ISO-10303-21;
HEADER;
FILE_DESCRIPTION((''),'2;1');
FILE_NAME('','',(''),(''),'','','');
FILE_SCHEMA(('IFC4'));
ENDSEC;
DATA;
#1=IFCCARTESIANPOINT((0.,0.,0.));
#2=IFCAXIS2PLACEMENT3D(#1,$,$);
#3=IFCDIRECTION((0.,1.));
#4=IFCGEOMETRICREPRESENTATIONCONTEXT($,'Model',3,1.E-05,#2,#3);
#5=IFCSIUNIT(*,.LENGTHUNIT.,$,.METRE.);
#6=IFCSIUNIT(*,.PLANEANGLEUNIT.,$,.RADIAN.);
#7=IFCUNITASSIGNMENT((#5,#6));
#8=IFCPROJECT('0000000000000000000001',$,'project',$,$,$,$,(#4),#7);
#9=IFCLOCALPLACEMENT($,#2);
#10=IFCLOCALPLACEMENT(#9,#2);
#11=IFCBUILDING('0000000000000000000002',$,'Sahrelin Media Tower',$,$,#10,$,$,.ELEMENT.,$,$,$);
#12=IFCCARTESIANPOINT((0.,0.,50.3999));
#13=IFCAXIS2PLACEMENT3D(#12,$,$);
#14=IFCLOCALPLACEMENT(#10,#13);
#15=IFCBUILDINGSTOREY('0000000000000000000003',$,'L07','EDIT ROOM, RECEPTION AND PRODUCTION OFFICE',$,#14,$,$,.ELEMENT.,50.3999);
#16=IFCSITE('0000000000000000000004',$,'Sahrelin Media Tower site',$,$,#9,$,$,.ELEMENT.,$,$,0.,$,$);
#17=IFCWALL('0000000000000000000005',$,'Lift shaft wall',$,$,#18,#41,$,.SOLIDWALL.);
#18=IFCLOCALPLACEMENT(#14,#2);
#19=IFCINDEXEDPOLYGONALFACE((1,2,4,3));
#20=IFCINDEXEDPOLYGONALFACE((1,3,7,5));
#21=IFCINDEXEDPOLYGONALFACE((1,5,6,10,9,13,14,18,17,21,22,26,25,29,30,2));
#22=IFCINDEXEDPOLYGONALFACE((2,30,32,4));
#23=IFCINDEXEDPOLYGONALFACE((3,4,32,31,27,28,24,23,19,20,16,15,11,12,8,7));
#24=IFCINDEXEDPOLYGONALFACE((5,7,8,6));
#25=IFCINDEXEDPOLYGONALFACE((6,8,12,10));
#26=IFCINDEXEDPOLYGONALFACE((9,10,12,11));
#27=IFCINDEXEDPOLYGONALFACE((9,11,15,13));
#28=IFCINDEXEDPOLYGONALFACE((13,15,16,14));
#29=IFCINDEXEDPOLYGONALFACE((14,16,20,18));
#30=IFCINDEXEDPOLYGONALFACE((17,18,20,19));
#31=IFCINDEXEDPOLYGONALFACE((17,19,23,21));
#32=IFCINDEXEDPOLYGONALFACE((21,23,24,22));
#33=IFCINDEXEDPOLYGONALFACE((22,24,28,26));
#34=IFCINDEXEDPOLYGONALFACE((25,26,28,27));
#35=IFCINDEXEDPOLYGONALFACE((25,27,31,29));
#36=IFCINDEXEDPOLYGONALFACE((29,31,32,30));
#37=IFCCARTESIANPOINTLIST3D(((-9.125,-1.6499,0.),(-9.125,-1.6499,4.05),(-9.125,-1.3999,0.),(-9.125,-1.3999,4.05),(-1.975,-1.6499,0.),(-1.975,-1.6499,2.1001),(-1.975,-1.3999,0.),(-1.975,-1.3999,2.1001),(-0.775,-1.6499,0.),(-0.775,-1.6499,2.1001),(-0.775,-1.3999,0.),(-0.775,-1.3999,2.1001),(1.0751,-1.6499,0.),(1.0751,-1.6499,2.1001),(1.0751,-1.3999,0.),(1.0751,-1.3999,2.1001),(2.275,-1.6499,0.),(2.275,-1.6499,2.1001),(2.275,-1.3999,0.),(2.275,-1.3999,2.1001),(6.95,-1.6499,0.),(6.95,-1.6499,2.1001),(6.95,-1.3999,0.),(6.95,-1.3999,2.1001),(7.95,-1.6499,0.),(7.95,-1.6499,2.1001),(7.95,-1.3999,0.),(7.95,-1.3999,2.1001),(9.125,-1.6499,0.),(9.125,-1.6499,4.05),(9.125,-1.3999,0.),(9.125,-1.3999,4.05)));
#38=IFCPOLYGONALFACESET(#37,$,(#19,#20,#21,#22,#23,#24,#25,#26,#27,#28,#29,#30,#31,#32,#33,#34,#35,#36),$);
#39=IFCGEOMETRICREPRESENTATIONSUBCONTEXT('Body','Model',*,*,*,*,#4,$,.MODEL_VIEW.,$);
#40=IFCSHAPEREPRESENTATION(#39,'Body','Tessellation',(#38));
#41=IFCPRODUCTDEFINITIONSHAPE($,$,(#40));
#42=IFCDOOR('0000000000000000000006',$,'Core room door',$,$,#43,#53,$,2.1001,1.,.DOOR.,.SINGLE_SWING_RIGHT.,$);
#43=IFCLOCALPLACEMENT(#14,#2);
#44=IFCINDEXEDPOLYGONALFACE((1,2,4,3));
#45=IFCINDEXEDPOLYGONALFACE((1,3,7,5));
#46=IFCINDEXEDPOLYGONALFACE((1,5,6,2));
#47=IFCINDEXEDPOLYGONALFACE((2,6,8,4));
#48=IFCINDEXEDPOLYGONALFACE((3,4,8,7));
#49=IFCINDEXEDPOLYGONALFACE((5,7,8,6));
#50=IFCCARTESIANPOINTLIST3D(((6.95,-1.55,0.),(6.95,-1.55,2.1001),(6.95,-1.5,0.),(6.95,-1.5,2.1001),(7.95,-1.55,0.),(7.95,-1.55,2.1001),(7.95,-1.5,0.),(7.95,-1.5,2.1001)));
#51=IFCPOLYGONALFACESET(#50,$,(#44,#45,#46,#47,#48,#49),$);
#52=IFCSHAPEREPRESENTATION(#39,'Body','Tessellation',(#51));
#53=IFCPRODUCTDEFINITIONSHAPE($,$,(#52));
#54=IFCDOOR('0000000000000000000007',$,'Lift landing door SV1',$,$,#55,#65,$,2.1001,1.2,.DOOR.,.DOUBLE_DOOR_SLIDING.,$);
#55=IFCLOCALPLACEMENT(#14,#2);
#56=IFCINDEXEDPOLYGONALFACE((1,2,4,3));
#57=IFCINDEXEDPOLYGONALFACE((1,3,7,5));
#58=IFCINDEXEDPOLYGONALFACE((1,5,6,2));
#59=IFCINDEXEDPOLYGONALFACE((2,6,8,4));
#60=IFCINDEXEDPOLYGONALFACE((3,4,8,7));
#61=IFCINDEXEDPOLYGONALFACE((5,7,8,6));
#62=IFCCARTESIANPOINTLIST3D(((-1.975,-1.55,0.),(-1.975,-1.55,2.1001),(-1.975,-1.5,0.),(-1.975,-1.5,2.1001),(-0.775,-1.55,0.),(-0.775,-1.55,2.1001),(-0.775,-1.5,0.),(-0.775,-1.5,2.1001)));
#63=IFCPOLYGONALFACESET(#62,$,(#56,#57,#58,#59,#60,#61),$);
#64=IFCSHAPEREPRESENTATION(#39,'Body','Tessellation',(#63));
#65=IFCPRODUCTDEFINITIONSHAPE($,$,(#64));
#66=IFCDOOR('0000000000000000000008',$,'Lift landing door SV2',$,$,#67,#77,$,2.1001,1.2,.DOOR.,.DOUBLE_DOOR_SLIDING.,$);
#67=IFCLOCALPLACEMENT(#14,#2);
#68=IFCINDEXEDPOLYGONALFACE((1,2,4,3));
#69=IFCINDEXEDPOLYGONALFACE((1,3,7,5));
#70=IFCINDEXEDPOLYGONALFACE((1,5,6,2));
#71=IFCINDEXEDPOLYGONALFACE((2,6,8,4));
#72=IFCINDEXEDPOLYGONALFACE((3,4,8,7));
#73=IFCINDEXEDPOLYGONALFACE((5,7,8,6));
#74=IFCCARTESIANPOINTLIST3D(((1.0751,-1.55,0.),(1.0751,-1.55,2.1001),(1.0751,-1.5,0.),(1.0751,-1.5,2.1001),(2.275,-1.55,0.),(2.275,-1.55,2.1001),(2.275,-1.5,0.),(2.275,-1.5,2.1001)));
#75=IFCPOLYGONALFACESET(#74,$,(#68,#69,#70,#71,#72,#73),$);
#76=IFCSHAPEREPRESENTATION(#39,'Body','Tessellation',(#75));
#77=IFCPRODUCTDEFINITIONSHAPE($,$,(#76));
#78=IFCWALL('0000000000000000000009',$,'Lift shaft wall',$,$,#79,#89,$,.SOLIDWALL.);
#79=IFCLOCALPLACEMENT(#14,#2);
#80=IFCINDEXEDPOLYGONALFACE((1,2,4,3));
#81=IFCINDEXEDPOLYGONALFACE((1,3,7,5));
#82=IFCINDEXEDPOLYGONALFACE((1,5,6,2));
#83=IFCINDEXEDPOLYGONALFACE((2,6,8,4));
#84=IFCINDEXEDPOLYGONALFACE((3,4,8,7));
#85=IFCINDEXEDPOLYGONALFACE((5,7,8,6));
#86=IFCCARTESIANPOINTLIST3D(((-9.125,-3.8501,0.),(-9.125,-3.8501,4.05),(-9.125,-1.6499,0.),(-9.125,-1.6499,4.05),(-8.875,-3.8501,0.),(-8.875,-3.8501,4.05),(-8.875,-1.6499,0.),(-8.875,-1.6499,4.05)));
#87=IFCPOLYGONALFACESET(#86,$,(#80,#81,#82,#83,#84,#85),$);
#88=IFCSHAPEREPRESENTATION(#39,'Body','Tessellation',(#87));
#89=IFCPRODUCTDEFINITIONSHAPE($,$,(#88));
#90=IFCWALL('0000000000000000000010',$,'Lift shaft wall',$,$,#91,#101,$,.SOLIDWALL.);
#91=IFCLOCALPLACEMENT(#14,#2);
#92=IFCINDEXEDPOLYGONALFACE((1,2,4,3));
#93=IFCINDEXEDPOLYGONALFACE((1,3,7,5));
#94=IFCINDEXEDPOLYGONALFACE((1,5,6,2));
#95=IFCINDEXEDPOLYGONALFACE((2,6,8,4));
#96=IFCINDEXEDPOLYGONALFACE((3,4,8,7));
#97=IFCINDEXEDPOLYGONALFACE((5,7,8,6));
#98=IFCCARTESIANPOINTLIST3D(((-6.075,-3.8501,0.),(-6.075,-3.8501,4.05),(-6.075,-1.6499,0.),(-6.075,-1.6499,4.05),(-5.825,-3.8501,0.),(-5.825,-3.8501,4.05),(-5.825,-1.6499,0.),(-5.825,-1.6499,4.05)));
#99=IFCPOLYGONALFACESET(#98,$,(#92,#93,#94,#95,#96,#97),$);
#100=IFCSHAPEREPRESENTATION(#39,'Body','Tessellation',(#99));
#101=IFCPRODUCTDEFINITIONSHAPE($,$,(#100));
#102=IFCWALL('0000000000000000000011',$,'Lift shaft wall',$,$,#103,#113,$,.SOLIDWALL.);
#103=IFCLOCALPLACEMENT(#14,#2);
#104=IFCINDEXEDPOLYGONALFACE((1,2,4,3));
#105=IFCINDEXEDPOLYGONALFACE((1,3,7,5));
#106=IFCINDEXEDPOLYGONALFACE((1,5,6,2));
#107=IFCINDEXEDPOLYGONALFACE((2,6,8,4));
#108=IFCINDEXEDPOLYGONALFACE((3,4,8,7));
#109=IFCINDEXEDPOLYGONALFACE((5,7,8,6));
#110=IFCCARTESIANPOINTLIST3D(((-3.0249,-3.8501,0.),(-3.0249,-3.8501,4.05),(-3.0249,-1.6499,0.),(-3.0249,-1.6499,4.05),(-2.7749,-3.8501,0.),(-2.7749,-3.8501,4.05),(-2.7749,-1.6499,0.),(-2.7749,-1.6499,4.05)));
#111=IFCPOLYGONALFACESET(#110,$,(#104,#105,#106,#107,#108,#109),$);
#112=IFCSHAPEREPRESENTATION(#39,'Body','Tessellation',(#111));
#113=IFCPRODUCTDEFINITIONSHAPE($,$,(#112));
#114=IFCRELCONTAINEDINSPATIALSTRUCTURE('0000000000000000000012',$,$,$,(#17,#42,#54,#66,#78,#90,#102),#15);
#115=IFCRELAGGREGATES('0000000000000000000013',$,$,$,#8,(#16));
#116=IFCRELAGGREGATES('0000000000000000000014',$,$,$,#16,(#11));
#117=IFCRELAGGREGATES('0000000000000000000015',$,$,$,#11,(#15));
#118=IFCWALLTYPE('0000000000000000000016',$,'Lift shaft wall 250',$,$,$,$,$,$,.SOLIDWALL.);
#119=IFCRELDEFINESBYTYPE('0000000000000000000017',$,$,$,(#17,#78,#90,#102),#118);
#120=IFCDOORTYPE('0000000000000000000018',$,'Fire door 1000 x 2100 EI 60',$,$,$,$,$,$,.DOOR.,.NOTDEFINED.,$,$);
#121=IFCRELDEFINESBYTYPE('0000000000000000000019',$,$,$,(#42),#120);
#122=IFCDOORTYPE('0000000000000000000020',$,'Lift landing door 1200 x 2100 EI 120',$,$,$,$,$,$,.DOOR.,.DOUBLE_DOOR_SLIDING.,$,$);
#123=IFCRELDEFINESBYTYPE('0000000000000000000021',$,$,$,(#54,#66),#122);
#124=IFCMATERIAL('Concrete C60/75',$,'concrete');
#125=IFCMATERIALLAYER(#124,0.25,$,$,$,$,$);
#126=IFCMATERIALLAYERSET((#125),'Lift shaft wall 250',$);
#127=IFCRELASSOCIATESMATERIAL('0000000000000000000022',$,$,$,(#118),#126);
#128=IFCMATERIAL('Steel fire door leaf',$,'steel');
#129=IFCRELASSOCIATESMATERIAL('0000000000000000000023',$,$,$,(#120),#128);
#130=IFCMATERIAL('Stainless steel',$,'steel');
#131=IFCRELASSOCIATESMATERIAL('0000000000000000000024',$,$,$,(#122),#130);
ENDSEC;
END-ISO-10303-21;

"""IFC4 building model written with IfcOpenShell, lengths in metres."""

from ifc_helpers import new_model, si_unit, direction, frame, frame_2d, origin, place, context, subcontext, project, spatial, rectangle, extrude, material, layer, layer_set, type_object, element, fill, save


model = new_model("IFC4")

# Units and contexts
model_context = context("Model", 3, precision=1e-05, world=origin(), true_north=direction((0.0, 1.0)))
body_context = subcontext(model_context, "Body", "Model", "MODEL_VIEW")
ifc_project = project(units=[si_unit("LENGTHUNIT", "METRE"), si_unit("PLANEANGLEUNIT", "RADIAN")], contexts=[model_context])

# Site, building, storey
site_placement = place(None, origin())
site = spatial("IfcSite", under=ifc_project, at=site_placement, Name="Sahrelin Media Tower site", CompositionType="ELEMENT", RefElevation=0.0)
building_placement = place(site_placement, origin())
building = spatial("IfcBuilding", under=site, at=building_placement, Name="Sahrelin Media Tower", CompositionType="ELEMENT")
storey_placement = place(building_placement, frame((0.0, 0.0, 50.3999)))
storey = spatial("IfcBuildingStorey", under=building, at=storey_placement, Name="L07", Description="EDIT ROOM, RECEPTION AND PRODUCTION OFFICE", CompositionType="ELEMENT", Elevation=50.3999)

# Shared definitions
ifc_material_1 = material(Name="Steel fire door leaf", Category="steel")

# Wall, openings, doors
ifc_material_2 = material(Name="Concrete C60/75", Category="concrete")
ifc_layer_1 = layer(ifc_material_2, 0.25)
ifc_layer_set_1 = layer_set([ifc_layer_1], Name="Lift shaft wall 250")
wall_type_1 = type_object("IfcWallType", Name="Lift shaft wall 250", PredefinedType="SOLIDWALL", material=ifc_layer_set_1)
wall_1_placement = place(storey_placement, frame((-9.125, -1.5249, 0.0), z_axis=(0.0, 0.0, 1.0), x_axis=(1.0, 0.0, 0.0)))
wall_1 = element("IfcWall", 1, at=wall_1_placement, inside=storey, type_object=wall_type_1, Name="Lift shaft wall", PredefinedType="SOLIDWALL", context=body_context, shape_type="SweptSolid", body=[
    extrude(rectangle(XDim=18.25, YDim=0.25, at=frame_2d((9.125, 0.0))), origin(), (0.0, 0.0, 1.0), 4.05),
])
opening_1_placement = place(wall_1_placement, frame((7.1499, 0.0, 0.0)))
opening_1 = element("IfcOpeningElement", 2, at=opening_1_placement, cuts=wall_1, PredefinedType="OPENING", context=body_context, shape_type="SweptSolid", body=[
    extrude(rectangle(XDim=1.2, YDim=2.1001, at=frame_2d((0.6001, 1.05))), frame((0.0, 0.125, 0.0), z_axis=(0.0, -1.0, 0.0), x_axis=(1.0, 0.0, 0.0)), (0.0, 0.0, 1.0), 0.25),
])
opening_2_placement = place(wall_1_placement, frame((10.2, 0.0, 0.0)))
opening_2 = element("IfcOpeningElement", 3, at=opening_2_placement, cuts=wall_1, PredefinedType="OPENING", context=body_context, shape_type="SweptSolid", body=[
    extrude(rectangle(XDim=1.2, YDim=2.1001, at=frame_2d((0.6001, 1.05))), frame((0.0, 0.125, 0.0), z_axis=(0.0, -1.0, 0.0), x_axis=(1.0, 0.0, 0.0)), (0.0, 0.0, 1.0), 0.25),
])
opening_3_placement = place(wall_1_placement, frame((16.075, 0.0, 0.0)))
opening_3 = element("IfcOpeningElement", 4, at=opening_3_placement, cuts=wall_1, PredefinedType="OPENING", context=body_context, shape_type="SweptSolid", body=[
    extrude(rectangle(XDim=1.0, YDim=2.1001, at=frame_2d((0.5, 1.05))), frame((0.0, 0.125, 0.0), z_axis=(0.0, -1.0, 0.0), x_axis=(1.0, 0.0, 0.0)), (0.0, 0.0, 1.0), 0.25),
])
door_type_1 = type_object("IfcDoorType", Name="Fire door 1000 x 2100 EI 60", OperationType="NOTDEFINED", PredefinedType="DOOR", material=ifc_material_1)
door_1_placement = place(opening_3_placement, origin())
door_1 = element("IfcDoor", 5, at=door_1_placement, inside=storey, type_object=door_type_1, Name="Core room door", OperationType="SINGLE_SWING_RIGHT", OverallHeight=2.1001, OverallWidth=1.0, PredefinedType="DOOR", context=body_context, shape_type="SweptSolid", body=[
    extrude(rectangle(XDim=1.0, YDim=2.1001, at=frame_2d((0.5, 1.05))), frame((0.0, 0.0249, 0.0), z_axis=(0.0, -1.0, 0.0), x_axis=(1.0, 0.0, 0.0)), (0.0, 0.0, 1.0), 0.05),
])
fill(opening_3, door_1)
ifc_material_3 = material(Name="Stainless steel", Category="steel")
door_type_2 = type_object("IfcDoorType", Name="Lift landing door 1200 x 2100 EI 120", OperationType="DOUBLE_DOOR_SLIDING", PredefinedType="DOOR", material=ifc_material_3)
door_2_placement = place(opening_1_placement, origin())
door_2 = element("IfcDoor", 6, at=door_2_placement, inside=storey, type_object=door_type_2, Name="Lift landing door SV1", OperationType="DOUBLE_DOOR_SLIDING", OverallHeight=2.1001, OverallWidth=1.2, PredefinedType="DOOR", context=body_context, shape_type="SweptSolid", body=[
    extrude(rectangle(XDim=1.2, YDim=2.1001, at=frame_2d((0.6001, 1.05))), frame((0.0, 0.0249, 0.0), z_axis=(0.0, -1.0, 0.0), x_axis=(1.0, 0.0, 0.0)), (0.0, 0.0, 1.0), 0.05),
])
fill(opening_1, door_2)
door_3_placement = place(opening_2_placement, origin())
door_3 = element("IfcDoor", 7, at=door_3_placement, inside=storey, type_object=door_type_2, Name="Lift landing door SV2", OperationType="DOUBLE_DOOR_SLIDING", OverallHeight=2.1001, OverallWidth=1.2, PredefinedType="DOOR", context=body_context, shape_type="SweptSolid", body=[
    extrude(rectangle(XDim=1.2, YDim=2.1001, at=frame_2d((0.6001, 1.05))), frame((0.0, 0.0249, 0.0), z_axis=(0.0, -1.0, 0.0), x_axis=(1.0, 0.0, 0.0)), (0.0, 0.0, 1.0), 0.05),
])
fill(opening_2, door_3)

# Walls
for number, where, z_axis, x_axis, name in (
    (8, (-9.0, -3.8501, 0.0), (0.0, 0.0, 1.0), (0.0, 1.0, 0.0), "Lift shaft wall"),
    (9, (-5.95, -3.8501, 0.0), (0.0, 0.0, 1.0), (0.0, 1.0, 0.0), "Lift shaft wall"),
    (10, (-2.8999, -3.8501, 0.0), (0.0, 0.0, 1.0), (0.0, 1.0, 0.0), "Lift shaft wall"),
):
    element("IfcWall", number, at=place(storey_placement, frame(where, z_axis=z_axis, x_axis=x_axis)), inside=storey, type_object=wall_type_1, Name=name, PredefinedType="SOLIDWALL", context=body_context, shape_type="SweptSolid", body=[
        extrude(rectangle(XDim=2.2002, YDim=0.25, at=frame_2d((1.1001, 0.0))), origin(), (0.0, 0.0, 1.0), 4.05),
    ])

save(model, "model.ifc")
